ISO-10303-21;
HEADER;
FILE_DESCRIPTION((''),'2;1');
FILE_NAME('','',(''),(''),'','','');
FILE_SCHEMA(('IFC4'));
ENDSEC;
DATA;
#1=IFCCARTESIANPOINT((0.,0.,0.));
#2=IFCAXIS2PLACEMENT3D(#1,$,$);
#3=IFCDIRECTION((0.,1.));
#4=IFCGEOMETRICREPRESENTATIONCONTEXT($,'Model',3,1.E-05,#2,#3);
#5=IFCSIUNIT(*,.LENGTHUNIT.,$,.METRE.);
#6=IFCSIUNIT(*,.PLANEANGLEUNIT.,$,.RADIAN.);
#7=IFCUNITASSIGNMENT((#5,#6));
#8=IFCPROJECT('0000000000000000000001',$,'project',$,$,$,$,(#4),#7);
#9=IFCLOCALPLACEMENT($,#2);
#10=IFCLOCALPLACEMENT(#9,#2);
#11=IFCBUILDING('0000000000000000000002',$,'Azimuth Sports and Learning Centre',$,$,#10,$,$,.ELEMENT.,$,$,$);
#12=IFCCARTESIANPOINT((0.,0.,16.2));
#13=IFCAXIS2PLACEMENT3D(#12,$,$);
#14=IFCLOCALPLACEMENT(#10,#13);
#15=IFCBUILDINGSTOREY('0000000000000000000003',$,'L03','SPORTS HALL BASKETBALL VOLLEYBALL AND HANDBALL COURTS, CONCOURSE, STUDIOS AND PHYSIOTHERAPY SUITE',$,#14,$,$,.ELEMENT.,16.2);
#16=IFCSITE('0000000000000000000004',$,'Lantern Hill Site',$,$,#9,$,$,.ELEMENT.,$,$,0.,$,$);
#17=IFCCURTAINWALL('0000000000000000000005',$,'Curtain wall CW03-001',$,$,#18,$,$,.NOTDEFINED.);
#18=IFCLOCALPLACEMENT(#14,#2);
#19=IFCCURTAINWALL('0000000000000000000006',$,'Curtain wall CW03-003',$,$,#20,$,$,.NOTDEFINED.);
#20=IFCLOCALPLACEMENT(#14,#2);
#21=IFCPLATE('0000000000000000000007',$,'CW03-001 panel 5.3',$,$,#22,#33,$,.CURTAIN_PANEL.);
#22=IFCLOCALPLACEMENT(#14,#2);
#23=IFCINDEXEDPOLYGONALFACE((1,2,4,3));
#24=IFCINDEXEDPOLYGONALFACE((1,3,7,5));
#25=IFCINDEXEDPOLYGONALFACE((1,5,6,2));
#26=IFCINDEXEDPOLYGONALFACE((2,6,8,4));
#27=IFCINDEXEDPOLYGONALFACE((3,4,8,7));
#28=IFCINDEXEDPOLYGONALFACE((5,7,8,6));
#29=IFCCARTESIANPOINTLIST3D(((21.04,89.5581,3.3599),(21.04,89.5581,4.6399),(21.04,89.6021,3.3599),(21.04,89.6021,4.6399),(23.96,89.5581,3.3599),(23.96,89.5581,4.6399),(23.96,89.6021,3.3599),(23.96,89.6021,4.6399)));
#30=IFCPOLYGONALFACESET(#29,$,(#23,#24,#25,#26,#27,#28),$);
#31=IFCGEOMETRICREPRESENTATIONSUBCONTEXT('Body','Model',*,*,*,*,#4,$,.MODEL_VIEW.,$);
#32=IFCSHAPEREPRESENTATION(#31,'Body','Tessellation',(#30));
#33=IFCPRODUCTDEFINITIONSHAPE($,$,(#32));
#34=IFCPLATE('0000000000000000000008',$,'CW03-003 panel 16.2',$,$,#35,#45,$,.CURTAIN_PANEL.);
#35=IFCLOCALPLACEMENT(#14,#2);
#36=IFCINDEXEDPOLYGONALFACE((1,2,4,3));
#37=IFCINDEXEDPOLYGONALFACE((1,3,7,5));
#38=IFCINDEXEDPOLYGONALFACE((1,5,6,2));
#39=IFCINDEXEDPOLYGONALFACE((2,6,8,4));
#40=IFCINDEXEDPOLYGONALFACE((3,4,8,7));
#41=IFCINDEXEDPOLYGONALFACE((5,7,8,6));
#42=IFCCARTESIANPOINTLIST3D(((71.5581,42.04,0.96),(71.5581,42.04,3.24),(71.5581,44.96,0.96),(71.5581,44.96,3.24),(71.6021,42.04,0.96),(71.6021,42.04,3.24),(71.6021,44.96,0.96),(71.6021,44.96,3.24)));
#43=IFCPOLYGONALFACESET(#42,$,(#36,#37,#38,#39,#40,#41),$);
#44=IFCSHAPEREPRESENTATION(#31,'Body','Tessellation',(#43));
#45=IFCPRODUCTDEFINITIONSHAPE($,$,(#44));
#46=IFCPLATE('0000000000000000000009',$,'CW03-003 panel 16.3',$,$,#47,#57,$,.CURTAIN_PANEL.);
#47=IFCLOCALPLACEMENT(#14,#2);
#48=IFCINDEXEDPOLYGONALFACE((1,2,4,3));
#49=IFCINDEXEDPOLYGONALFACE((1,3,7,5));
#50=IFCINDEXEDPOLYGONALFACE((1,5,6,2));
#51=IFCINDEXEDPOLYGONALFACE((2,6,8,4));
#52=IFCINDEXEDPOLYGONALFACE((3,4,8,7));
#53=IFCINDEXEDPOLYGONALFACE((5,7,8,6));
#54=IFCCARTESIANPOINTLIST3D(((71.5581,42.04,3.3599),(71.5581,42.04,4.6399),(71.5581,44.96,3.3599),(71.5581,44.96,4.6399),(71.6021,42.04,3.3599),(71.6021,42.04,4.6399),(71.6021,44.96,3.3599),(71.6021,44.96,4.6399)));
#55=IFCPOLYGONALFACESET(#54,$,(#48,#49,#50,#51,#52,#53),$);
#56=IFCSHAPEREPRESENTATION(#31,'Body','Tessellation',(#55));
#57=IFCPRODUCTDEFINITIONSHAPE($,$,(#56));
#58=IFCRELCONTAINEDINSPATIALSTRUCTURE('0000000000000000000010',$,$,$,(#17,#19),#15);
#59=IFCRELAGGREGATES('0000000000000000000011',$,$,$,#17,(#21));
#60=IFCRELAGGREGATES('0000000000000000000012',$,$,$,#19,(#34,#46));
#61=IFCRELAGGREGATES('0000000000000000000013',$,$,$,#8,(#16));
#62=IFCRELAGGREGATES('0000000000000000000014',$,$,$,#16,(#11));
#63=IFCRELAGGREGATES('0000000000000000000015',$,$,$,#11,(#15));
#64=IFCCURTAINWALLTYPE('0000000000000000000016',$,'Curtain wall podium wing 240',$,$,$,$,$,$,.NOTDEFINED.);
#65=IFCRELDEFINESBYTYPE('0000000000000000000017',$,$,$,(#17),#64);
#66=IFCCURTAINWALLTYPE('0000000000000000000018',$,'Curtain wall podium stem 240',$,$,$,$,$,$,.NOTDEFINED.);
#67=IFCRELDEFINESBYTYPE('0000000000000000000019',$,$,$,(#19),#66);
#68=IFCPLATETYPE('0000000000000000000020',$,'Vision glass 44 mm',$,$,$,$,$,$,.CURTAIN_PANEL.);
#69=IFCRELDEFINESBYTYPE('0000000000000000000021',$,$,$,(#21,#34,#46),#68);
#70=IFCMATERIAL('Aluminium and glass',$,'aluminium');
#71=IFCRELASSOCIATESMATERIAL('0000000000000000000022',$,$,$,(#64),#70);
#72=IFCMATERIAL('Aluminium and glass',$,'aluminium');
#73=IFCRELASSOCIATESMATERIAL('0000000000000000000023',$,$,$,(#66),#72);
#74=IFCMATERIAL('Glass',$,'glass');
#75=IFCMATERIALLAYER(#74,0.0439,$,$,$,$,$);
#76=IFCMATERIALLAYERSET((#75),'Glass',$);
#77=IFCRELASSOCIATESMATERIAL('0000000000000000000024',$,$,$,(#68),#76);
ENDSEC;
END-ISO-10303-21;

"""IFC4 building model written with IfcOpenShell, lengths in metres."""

from ifc_helpers import new_model, si_unit, direction, frame, origin, origin_2d, place, context, subcontext, project, spatial, rectangle, extrude, material, layer, layer_set, type_object, element, aggregate, save


model = new_model("IFC4")

# Units and contexts
model_context = context("Model", 3, precision=1e-05, world=origin(), true_north=direction((0.0, 1.0)))
body_context = subcontext(model_context, "Body", "Model", "MODEL_VIEW")
ifc_project = project(units=[si_unit("LENGTHUNIT", "METRE"), si_unit("PLANEANGLEUNIT", "RADIAN")], contexts=[model_context])

# Site, building, storey
site_placement = place(None, origin())
site = spatial("IfcSite", under=ifc_project, at=site_placement, Name="Lantern Hill Site", CompositionType="ELEMENT", RefElevation=0.0)
building_placement = place(site_placement, origin())
building = spatial("IfcBuilding", under=site, at=building_placement, Name="Azimuth Sports and Learning Centre", CompositionType="ELEMENT")
storey_placement = place(building_placement, frame((0.0, 0.0, 16.2)))
storey = spatial("IfcBuildingStorey", under=building, at=storey_placement, Name="L03", Description="SPORTS HALL BASKETBALL VOLLEYBALL AND HANDBALL COURTS, CONCOURSE, STUDIOS AND PHYSIOTHERAPY SUITE", CompositionType="ELEMENT", Elevation=16.2)

# Curtain wall
ifc_material_1 = material(Name="Aluminium and glass", Category="aluminium")
curtain_wall_type_1 = type_object("IfcCurtainWallType", Name="Curtain wall podium wing 240", PredefinedType="NOTDEFINED", material=ifc_material_1)
curtain_wall_1_placement = place(storey_placement, origin())
curtain_wall_1 = element("IfcCurtainWall", 1, at=curtain_wall_1_placement, inside=storey, type_object=curtain_wall_type_1, Name="Curtain wall CW03-001", PredefinedType="NOTDEFINED")

# Curtain wall
ifc_material_2 = material(Name="Aluminium and glass", Category="aluminium")
curtain_wall_type_2 = type_object("IfcCurtainWallType", Name="Curtain wall podium stem 240", PredefinedType="NOTDEFINED", material=ifc_material_2)
curtain_wall_2_placement = place(storey_placement, origin())
curtain_wall_2 = element("IfcCurtainWall", 2, at=curtain_wall_2_placement, inside=storey, type_object=curtain_wall_type_2, Name="Curtain wall CW03-003", PredefinedType="NOTDEFINED")

# Plates
ifc_material_3 = material(Name="Glass", Category="glass")
ifc_layer_1 = layer(ifc_material_3, 0.0439)
ifc_layer_set_1 = layer_set([ifc_layer_1], Name="Glass")
plate_type_1 = type_object("IfcPlateType", Name="Vision glass 44 mm", PredefinedType="CURTAIN_PANEL", material=ifc_layer_set_1)
plate_1_placement = place(storey_placement, frame((22.5, 89.5801, 3.3599), z_axis=(0.0, 0.0, 1.0), x_axis=(1.0, 0.0, 0.0)))
plate_1 = element("IfcPlate", 3, at=plate_1_placement, type_object=plate_type_1, Name="CW03-001 panel 5.3", PredefinedType="CURTAIN_PANEL", context=body_context, shape_type="SweptSolid", body=[
    extrude(rectangle(XDim=2.9199, YDim=0.0439, at=origin_2d()), origin(), (0.0, 0.0, 1.0), 1.28),
])
aggregate(curtain_wall_1, [plate_1])
plate_2_placement = place(storey_placement, frame((71.5801, 43.5, 0.96), z_axis=(0.0, 0.0, 1.0), x_axis=(0.0, -1.0, 0.0)))
plate_2 = element("IfcPlate", 4, at=plate_2_placement, type_object=plate_type_1, Name="CW03-003 panel 16.2", PredefinedType="CURTAIN_PANEL", context=body_context, shape_type="SweptSolid", body=[
    extrude(rectangle(XDim=2.9199, YDim=0.0439, at=origin_2d()), origin(), (0.0, 0.0, 1.0), 2.28),
])
plate_3_placement = place(storey_placement, frame((71.5801, 43.5, 3.3599), z_axis=(0.0, 0.0, 1.0), x_axis=(0.0, -1.0, 0.0)))
plate_3 = element("IfcPlate", 5, at=plate_3_placement, type_object=plate_type_1, Name="CW03-003 panel 16.3", PredefinedType="CURTAIN_PANEL", context=body_context, shape_type="SweptSolid", body=[
    extrude(rectangle(XDim=2.9199, YDim=0.0439, at=origin_2d()), origin(), (0.0, 0.0, 1.0), 1.28),
])
aggregate(curtain_wall_2, [plate_2, plate_3])

save(model, "model.ifc")
